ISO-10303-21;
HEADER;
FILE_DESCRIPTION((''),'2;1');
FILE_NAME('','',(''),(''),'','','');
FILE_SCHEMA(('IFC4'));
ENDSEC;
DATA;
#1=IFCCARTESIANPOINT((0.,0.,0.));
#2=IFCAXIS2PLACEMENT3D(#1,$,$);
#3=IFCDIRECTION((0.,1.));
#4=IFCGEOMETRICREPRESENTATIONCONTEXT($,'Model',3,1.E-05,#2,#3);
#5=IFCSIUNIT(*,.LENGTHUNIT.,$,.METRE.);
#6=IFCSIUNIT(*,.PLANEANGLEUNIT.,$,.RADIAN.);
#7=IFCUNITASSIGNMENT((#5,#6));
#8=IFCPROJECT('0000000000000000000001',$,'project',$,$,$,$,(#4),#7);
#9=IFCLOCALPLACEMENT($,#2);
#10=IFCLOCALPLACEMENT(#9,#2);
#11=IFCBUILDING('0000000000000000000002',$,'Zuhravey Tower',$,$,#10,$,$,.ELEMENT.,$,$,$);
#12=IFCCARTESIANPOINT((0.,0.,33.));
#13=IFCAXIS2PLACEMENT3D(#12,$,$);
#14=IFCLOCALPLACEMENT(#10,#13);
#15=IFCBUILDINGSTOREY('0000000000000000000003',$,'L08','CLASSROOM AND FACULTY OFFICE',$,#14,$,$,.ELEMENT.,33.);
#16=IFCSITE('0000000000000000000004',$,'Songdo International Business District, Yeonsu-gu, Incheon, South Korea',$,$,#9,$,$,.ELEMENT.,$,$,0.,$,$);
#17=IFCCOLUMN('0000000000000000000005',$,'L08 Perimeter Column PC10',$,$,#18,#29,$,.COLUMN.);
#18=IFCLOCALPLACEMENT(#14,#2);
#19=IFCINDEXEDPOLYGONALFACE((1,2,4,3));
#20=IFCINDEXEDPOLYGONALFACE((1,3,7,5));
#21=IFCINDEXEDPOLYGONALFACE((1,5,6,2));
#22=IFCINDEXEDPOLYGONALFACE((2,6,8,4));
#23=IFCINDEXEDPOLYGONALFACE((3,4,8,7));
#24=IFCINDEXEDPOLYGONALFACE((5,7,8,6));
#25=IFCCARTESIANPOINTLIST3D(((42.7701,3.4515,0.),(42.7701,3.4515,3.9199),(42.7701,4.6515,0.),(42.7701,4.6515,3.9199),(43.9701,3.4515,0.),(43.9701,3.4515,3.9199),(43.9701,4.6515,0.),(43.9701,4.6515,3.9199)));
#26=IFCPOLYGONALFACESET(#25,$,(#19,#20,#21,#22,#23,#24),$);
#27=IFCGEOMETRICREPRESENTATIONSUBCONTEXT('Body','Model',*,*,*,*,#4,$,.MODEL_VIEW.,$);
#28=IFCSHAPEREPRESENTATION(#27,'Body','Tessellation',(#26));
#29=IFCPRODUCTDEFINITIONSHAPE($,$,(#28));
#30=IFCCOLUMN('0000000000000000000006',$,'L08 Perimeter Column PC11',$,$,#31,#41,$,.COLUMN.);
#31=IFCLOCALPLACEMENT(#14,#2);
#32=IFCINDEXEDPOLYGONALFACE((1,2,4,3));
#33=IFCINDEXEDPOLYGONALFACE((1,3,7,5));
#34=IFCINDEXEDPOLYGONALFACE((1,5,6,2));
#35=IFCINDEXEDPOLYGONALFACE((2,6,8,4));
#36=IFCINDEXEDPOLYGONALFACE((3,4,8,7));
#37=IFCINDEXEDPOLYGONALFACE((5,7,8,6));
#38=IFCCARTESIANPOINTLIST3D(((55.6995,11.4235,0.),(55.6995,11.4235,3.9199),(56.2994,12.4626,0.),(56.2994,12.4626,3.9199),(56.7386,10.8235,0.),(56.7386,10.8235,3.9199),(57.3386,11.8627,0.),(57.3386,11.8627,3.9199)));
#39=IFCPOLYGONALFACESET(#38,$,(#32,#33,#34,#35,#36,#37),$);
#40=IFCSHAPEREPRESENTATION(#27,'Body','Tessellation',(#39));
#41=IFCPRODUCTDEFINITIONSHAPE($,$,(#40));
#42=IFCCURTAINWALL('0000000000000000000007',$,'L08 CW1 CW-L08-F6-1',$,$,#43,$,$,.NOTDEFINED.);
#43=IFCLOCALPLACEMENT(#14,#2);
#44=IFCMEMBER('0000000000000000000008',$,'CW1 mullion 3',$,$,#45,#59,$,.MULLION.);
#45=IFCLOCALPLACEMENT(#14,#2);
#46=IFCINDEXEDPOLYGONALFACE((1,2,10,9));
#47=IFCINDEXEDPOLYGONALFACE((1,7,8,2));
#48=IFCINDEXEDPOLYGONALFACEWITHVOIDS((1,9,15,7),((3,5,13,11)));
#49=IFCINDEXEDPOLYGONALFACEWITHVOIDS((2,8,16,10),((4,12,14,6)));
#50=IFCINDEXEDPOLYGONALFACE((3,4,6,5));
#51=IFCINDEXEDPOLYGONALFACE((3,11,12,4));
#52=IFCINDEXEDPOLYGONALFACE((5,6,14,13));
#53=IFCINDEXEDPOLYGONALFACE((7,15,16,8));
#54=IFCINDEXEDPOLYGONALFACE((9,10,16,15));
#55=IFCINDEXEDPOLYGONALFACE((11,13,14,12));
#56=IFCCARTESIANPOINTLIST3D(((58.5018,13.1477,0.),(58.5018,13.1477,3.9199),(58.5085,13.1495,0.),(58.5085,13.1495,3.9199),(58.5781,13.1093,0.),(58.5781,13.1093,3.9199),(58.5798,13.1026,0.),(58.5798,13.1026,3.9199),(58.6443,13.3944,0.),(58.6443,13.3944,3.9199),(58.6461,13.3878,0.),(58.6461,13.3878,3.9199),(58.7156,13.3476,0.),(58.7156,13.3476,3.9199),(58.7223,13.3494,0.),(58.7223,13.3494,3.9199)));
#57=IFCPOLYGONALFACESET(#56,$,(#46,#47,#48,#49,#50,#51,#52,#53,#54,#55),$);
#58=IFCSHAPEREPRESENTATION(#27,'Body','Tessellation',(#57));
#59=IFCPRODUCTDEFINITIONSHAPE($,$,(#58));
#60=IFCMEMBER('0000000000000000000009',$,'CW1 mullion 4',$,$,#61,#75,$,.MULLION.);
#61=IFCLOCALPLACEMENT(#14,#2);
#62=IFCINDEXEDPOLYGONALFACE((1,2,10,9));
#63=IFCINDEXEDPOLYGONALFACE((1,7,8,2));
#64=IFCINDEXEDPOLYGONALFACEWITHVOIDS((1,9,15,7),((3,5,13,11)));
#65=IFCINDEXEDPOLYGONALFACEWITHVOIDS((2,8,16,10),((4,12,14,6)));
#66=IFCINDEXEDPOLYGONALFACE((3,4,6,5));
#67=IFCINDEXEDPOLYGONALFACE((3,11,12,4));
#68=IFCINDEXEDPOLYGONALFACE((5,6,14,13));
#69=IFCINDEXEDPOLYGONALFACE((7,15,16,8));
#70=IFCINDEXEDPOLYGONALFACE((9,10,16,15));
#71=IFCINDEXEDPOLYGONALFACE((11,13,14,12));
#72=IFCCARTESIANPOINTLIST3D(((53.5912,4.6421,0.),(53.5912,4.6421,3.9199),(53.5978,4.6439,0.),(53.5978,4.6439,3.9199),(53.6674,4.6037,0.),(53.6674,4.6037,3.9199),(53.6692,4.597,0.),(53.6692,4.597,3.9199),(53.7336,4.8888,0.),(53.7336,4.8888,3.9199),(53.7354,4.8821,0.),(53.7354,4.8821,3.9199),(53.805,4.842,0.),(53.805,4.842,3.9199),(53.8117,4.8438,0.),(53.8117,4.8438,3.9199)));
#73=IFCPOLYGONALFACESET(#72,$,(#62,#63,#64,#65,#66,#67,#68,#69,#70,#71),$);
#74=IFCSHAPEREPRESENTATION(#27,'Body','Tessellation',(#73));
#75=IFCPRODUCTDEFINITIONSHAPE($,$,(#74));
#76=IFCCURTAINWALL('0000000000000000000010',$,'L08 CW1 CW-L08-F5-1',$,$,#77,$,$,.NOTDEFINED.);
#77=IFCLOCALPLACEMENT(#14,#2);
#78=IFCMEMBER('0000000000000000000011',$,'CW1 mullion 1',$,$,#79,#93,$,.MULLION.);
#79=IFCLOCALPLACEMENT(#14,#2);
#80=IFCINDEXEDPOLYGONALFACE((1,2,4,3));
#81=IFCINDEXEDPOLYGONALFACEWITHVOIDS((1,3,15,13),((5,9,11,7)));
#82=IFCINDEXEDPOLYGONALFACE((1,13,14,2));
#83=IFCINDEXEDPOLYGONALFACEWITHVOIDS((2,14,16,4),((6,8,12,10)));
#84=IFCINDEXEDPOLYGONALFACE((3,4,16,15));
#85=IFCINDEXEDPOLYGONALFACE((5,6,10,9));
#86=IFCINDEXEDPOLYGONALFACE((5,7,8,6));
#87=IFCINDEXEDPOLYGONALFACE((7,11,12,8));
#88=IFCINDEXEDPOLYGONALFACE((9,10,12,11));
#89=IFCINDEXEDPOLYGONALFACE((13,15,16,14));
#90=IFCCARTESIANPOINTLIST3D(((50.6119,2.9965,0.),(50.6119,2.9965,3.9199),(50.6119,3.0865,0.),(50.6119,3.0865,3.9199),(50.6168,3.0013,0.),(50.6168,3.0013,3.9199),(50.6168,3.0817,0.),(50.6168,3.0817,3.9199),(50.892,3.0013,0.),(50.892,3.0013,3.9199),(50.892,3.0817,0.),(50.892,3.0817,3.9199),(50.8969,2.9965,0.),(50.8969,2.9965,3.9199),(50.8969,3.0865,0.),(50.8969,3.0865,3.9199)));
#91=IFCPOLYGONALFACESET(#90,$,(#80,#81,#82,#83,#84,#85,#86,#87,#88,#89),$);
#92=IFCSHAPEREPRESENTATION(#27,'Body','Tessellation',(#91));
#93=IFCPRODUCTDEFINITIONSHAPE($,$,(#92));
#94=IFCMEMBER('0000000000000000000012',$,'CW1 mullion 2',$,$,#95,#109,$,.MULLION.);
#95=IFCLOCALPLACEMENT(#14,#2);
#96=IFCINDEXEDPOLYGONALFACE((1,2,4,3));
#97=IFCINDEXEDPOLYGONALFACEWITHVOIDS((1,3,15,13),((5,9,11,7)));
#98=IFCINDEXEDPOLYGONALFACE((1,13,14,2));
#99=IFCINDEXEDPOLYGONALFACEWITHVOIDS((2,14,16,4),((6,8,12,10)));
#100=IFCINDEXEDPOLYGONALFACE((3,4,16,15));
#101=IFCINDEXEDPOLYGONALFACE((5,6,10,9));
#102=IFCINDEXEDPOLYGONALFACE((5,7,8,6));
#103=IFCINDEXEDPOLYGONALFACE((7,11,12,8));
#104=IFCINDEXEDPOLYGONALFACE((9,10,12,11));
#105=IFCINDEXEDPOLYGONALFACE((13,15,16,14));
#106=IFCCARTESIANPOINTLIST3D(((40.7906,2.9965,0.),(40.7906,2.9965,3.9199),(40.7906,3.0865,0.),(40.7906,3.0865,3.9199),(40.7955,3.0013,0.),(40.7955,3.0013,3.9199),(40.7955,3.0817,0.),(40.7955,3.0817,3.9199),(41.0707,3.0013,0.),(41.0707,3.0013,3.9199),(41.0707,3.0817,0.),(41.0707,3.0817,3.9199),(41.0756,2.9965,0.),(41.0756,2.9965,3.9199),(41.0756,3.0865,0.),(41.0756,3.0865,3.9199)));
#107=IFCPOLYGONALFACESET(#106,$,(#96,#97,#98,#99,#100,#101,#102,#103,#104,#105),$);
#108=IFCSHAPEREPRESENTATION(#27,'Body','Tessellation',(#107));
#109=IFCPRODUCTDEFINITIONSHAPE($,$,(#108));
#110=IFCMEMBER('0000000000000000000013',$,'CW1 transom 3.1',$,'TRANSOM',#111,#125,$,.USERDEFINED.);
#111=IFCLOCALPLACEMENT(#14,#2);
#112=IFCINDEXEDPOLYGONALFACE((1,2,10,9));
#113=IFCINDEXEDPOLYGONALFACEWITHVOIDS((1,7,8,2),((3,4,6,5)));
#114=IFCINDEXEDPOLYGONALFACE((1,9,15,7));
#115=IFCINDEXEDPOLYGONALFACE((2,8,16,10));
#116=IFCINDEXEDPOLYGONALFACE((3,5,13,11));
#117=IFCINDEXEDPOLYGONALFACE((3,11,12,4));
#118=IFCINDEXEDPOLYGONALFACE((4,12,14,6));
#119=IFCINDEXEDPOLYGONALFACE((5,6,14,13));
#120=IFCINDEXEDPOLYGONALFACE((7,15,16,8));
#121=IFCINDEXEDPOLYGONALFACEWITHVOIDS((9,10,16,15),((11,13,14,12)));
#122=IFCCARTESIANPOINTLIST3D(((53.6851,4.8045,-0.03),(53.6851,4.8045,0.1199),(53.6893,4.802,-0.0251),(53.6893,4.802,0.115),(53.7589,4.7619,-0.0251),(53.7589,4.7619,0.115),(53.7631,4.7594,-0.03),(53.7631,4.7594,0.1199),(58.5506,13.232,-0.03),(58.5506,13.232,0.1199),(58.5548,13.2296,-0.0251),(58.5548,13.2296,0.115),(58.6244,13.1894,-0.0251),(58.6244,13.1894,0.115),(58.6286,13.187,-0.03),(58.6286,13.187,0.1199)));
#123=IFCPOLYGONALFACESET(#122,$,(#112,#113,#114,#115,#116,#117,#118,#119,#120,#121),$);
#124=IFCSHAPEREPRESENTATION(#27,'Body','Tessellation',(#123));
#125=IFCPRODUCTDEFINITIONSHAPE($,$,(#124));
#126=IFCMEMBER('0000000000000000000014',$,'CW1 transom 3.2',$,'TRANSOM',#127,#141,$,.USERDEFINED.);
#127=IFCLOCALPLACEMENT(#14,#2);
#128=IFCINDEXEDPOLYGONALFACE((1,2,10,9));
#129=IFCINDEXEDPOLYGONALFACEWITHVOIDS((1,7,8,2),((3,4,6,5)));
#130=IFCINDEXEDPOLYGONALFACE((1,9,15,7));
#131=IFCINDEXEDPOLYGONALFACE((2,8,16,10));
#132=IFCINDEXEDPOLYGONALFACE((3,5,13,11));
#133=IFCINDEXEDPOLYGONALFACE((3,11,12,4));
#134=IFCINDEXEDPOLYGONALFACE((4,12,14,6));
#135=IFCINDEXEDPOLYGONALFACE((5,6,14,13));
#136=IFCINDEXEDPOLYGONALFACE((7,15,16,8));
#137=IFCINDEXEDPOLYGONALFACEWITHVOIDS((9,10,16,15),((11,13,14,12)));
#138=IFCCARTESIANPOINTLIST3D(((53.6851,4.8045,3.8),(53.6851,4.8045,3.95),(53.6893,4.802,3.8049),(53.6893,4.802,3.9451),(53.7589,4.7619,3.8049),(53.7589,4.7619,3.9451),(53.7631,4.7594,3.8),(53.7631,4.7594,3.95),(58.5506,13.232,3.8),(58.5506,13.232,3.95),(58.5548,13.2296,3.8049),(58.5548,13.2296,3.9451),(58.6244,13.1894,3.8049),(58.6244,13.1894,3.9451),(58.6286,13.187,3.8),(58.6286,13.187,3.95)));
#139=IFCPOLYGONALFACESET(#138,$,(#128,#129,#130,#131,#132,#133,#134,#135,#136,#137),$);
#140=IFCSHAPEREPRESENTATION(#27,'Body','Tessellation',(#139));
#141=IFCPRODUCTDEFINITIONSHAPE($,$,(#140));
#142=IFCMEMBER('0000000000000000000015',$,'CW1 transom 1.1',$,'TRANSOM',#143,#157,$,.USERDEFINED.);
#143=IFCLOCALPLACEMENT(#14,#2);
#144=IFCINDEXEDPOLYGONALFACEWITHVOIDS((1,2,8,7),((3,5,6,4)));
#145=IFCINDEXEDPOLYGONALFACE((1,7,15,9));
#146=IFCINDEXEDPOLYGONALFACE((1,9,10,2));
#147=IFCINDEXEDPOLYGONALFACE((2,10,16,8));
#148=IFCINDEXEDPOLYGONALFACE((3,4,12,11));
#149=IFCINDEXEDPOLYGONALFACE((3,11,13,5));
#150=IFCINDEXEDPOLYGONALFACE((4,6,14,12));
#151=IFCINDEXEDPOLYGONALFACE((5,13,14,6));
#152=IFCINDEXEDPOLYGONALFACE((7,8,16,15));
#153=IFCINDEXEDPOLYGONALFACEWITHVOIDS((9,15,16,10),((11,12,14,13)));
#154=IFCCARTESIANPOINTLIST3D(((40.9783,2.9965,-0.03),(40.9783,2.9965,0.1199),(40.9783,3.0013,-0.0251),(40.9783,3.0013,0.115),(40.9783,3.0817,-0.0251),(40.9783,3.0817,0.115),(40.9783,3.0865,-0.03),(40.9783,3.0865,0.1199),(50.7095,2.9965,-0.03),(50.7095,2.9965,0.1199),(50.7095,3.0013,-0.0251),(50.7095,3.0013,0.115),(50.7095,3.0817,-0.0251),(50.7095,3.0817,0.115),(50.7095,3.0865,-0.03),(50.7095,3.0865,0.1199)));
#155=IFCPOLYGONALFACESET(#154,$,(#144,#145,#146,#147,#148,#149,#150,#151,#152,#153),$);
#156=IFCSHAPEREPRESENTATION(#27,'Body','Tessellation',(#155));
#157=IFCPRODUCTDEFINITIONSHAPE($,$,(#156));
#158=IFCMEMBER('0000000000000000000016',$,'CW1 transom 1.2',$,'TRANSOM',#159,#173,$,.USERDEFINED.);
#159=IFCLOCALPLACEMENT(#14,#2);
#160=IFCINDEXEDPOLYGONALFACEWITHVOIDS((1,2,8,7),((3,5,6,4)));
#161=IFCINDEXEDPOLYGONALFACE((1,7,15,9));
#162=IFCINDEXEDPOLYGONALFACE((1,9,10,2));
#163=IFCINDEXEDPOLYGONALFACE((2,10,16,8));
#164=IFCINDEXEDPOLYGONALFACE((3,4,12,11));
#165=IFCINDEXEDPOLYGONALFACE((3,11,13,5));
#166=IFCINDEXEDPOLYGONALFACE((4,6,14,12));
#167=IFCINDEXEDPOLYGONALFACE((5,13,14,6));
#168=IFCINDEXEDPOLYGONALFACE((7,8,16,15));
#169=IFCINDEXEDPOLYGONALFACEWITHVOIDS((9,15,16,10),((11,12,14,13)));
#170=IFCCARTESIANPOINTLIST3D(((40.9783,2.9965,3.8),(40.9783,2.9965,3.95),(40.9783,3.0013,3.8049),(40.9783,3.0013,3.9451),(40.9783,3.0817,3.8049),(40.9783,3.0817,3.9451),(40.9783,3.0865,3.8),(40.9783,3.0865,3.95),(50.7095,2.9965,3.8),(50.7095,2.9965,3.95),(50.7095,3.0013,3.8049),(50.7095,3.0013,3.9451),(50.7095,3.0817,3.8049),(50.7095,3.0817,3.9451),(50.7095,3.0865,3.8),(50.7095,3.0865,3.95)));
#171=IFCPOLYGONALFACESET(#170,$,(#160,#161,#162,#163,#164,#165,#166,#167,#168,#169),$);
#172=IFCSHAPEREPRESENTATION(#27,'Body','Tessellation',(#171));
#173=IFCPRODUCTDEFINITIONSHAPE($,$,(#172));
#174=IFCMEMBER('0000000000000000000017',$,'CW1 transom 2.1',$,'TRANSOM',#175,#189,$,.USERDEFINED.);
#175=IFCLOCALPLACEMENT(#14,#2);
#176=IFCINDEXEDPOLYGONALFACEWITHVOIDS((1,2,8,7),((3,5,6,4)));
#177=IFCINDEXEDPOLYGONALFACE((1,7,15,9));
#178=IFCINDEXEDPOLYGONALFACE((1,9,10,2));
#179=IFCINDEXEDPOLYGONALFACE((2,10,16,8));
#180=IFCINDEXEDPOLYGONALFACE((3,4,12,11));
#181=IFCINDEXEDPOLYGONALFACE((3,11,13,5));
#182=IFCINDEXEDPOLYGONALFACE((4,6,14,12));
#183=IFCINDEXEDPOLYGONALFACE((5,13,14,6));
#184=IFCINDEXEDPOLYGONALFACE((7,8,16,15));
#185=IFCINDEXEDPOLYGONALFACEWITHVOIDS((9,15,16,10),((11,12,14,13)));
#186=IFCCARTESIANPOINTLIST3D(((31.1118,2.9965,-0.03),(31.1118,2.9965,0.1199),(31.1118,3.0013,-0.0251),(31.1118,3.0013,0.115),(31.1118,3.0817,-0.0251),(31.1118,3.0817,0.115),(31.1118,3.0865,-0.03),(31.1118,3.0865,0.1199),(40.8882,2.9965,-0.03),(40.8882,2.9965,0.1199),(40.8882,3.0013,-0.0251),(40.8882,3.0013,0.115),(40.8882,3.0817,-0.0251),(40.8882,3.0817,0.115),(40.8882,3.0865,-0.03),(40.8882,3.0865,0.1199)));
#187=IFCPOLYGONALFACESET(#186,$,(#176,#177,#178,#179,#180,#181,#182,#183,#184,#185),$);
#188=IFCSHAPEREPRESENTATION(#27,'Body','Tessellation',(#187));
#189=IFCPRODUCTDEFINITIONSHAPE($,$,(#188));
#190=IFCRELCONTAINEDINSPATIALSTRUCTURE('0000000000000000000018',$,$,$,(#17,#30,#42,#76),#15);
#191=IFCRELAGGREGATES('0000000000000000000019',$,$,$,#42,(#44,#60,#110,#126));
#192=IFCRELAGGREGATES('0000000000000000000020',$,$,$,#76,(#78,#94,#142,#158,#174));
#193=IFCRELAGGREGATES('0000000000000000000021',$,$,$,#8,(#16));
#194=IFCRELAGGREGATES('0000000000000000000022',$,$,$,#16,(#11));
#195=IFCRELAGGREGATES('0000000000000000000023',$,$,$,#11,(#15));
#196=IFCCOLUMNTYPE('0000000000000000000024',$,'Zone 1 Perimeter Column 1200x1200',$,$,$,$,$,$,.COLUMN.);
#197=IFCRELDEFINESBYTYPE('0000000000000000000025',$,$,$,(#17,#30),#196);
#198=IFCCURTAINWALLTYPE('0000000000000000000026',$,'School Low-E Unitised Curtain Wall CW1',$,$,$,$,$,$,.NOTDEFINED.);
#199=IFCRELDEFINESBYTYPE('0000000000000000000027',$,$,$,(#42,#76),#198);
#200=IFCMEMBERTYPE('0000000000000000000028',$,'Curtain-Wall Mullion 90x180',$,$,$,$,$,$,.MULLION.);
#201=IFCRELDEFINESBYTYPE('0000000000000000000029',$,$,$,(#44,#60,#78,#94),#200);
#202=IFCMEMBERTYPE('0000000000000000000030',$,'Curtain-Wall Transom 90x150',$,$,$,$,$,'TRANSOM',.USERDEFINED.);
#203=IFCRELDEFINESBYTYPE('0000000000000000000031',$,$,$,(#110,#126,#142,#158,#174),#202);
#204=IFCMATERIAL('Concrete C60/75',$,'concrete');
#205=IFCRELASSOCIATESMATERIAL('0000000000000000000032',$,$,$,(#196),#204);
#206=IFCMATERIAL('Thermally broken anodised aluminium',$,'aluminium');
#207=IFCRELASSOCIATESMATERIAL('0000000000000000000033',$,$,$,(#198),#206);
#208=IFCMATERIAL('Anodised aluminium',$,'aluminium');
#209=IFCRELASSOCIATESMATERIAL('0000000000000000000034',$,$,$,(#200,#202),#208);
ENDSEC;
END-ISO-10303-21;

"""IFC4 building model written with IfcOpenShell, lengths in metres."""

from ifc_helpers import new_model, si_unit, direction, frame, origin, origin_2d, place, context, subcontext, project, spatial, rectangle, hollow_rectangle, extrude, material, material_profile, profile_set, type_object, element, aggregate, save


model = new_model("IFC4")

# Units and contexts
model_context = context("Model", 3, precision=1e-05, world=origin(), true_north=direction((0.0, 1.0)))
body_context = subcontext(model_context, "Body", "Model", "MODEL_VIEW")
ifc_project = project(units=[si_unit("LENGTHUNIT", "METRE"), si_unit("PLANEANGLEUNIT", "RADIAN")], contexts=[model_context])

# Site, building, storey
site_placement = place(None, origin())
site = spatial("IfcSite", under=ifc_project, at=site_placement, Name="Songdo International Business District, Yeonsu-gu, Incheon, South Korea", CompositionType="ELEMENT", RefElevation=0.0)
building_placement = place(site_placement, origin())
building = spatial("IfcBuilding", under=site, at=building_placement, Name="Zuhravey Tower", CompositionType="ELEMENT")
storey_placement = place(building_placement, frame((0.0, 0.0, 33.0)))
storey = spatial("IfcBuildingStorey", under=building, at=storey_placement, Name="L08", Description="CLASSROOM AND FACULTY OFFICE", CompositionType="ELEMENT", Elevation=33.0)

# Columns
ifc_material_1 = material(Name="Concrete C60/75", Category="concrete")
ifc_material_profile_1 = material_profile(ifc_material_1, rectangle(XDim=1.2, YDim=1.2, at=origin_2d()), Name="RC-1200x1200")
ifc_profile_set_1 = profile_set([ifc_material_profile_1], Name="Concrete C60/75")
column_type = type_object("IfcColumnType", Name="Zone 1 Perimeter Column 1200x1200", PredefinedType="COLUMN", material=ifc_profile_set_1)
for number, where, z_axis, x_axis, name in (
    (1, (43.3701, 4.0515, 0.0), (0.0, 0.0, 1.0), (1.0, 0.0, 0.0), "L08 Perimeter Column PC10"),
    (2, (56.519, 11.6431, 0.0), (0.0, 0.0, 1.0), (0.5, 0.866025, 0.0), "L08 Perimeter Column PC11"),
):
    element("IfcColumn", number, at=place(storey_placement, frame(where, z_axis=z_axis, x_axis=x_axis)), inside=storey, type_object=column_type, Name=name, PredefinedType="COLUMN", context=body_context, shape_type="SweptSolid", body=[
        extrude(rectangle(XDim=1.2, YDim=1.2, at=origin_2d()), origin(), (0.0, 0.0, 1.0), 3.9199),
    ])

# Curtain walls, members
ifc_material_2 = material(Name="Thermally broken anodised aluminium", Category="aluminium")
curtain_wall_type = type_object("IfcCurtainWallType", Name="School Low-E Unitised Curtain Wall CW1", PredefinedType="NOTDEFINED", material=ifc_material_2)
curtain_wall_1_placement = place(storey_placement, origin())
curtain_wall_1 = element("IfcCurtainWall", 3, at=curtain_wall_1_placement, inside=storey, type_object=curtain_wall_type, Name="L08 CW1 CW-L08-F6-1", PredefinedType="NOTDEFINED")
ifc_material_3 = material(Name="Anodised aluminium", Category="aluminium")
ifc_material_profile_2 = material_profile(ifc_material_3, hollow_rectangle(XDim=0.0901, YDim=0.2849, WallThickness=0.0049, at=origin_2d()), Name="ALU-RHS-90x285x5")
ifc_profile_set_2 = profile_set([ifc_material_profile_2], Name="Anodised aluminium")
member_type_1 = type_object("IfcMemberType", Name="Curtain-Wall Mullion 90x180", PredefinedType="MULLION", material=ifc_profile_set_2)
member_1_placement = place(storey_placement, frame((58.6121, 13.2485, 0.0), z_axis=(0.0, 0.0, 1.0), x_axis=(0.866026, -0.5, 0.0)))
member_1 = element("IfcMember", 4, at=member_1_placement, type_object=member_type_1, Name="CW1 mullion 3", PredefinedType="MULLION", context=body_context, shape_type="SweptSolid", body=[
    extrude(hollow_rectangle(XDim=0.0901, YDim=0.2849, WallThickness=0.0049, at=origin_2d()), origin(), (0.0, 0.0, 1.0), 3.9199),
])
member_2_placement = place(storey_placement, frame((53.7014, 4.7429, 0.0), z_axis=(0.0, 0.0, 1.0), x_axis=(0.866026, -0.5, 0.0)))
member_2 = element("IfcMember", 5, at=member_2_placement, type_object=member_type_1, Name="CW1 mullion 4", PredefinedType="MULLION", context=body_context, shape_type="SweptSolid", body=[
    extrude(hollow_rectangle(XDim=0.0901, YDim=0.2849, WallThickness=0.0049, at=origin_2d()), origin(), (0.0, 0.0, 1.0), 3.9199),
])
curtain_wall_2_placement = place(storey_placement, origin())
curtain_wall_2 = element("IfcCurtainWall", 6, at=curtain_wall_2_placement, inside=storey, type_object=curtain_wall_type, Name="L08 CW1 CW-L08-F5-1", PredefinedType="NOTDEFINED")
member_3_placement = place(storey_placement, frame((50.7544, 3.0415, 0.0), z_axis=(0.0, 0.0, 1.0), x_axis=(0.0, -1.0, 0.0)))
member_3 = element("IfcMember", 7, at=member_3_placement, type_object=member_type_1, Name="CW1 mullion 1", PredefinedType="MULLION", context=body_context, shape_type="SweptSolid", body=[
    extrude(hollow_rectangle(XDim=0.0901, YDim=0.2849, WallThickness=0.0049, at=origin_2d()), origin(), (0.0, 0.0, 1.0), 3.9199),
])
member_4_placement = place(storey_placement, frame((40.9331, 3.0415, 0.0), z_axis=(0.0, 0.0, 1.0), x_axis=(0.0, -1.0, 0.0)))
member_4 = element("IfcMember", 8, at=member_4_placement, type_object=member_type_1, Name="CW1 mullion 2", PredefinedType="MULLION", context=body_context, shape_type="SweptSolid", body=[
    extrude(hollow_rectangle(XDim=0.0901, YDim=0.2849, WallThickness=0.0049, at=origin_2d()), origin(), (0.0, 0.0, 1.0), 3.9199),
])

# Members
ifc_material_profile_3 = material_profile(ifc_material_3, hollow_rectangle(XDim=0.0901, YDim=0.1499, WallThickness=0.0049, at=origin_2d()), Name="ALU-RHS-90x150x5")
ifc_profile_set_3 = profile_set([ifc_material_profile_3], Name="Anodised aluminium")
member_type_2 = type_object("IfcMemberType", Name="Curtain-Wall Transom 90x150", ElementType="TRANSOM", PredefinedType="USERDEFINED", material=ifc_profile_set_3)
member_5_placement = place(storey_placement, frame((58.5896, 13.2095, 0.0449), z_axis=(-0.49999, -0.866031, 0.0), x_axis=(0.866031, -0.49999, 0.0)))
member_5 = element("IfcMember", 9, at=member_5_placement, type_object=member_type_2, Name="CW1 transom 3.1", ObjectType="TRANSOM", PredefinedType="USERDEFINED", context=body_context, shape_type="SweptSolid", body=[
    extrude(hollow_rectangle(XDim=0.0901, YDim=0.1499, WallThickness=0.0049, at=origin_2d()), origin(), (0.0, 0.0, 1.0), 9.7312),
])
member_6_placement = place(storey_placement, frame((58.5896, 13.2095, 3.875), z_axis=(-0.49999, -0.866031, 0.0), x_axis=(0.866031, -0.49999, 0.0)))
member_6 = element("IfcMember", 10, at=member_6_placement, type_object=member_type_2, Name="CW1 transom 3.2", ObjectType="TRANSOM", PredefinedType="USERDEFINED", context=body_context, shape_type="SweptSolid", body=[
    extrude(hollow_rectangle(XDim=0.0901, YDim=0.1499, WallThickness=0.0049, at=origin_2d()), origin(), (0.0, 0.0, 1.0), 9.7312),
])
member_7_placement = place(storey_placement, frame((50.7095, 3.0415, 0.0449), z_axis=(-1.0, 0.0, 0.0), x_axis=(0.0, -1.0, 0.0)))
member_7 = element("IfcMember", 11, at=member_7_placement, type_object=member_type_2, Name="CW1 transom 1.1", ObjectType="TRANSOM", PredefinedType="USERDEFINED", context=body_context, shape_type="SweptSolid", body=[
    extrude(hollow_rectangle(XDim=0.0901, YDim=0.1499, WallThickness=0.0049, at=origin_2d()), origin(), (0.0, 0.0, 1.0), 9.7312),
])
member_8_placement = place(storey_placement, frame((50.7095, 3.0415, 3.875), z_axis=(-1.0, 0.0, 0.0), x_axis=(0.0, -1.0, 0.0)))
member_8 = element("IfcMember", 12, at=member_8_placement, type_object=member_type_2, Name="CW1 transom 1.2", ObjectType="TRANSOM", PredefinedType="USERDEFINED", context=body_context, shape_type="SweptSolid", body=[
    extrude(hollow_rectangle(XDim=0.0901, YDim=0.1499, WallThickness=0.0049, at=origin_2d()), origin(), (0.0, 0.0, 1.0), 9.7312),
])
member_9_placement = place(storey_placement, frame((40.8882, 3.0415, 0.0449), z_axis=(-1.0, 0.0, 0.0), x_axis=(0.0, -1.0, 0.0)))
member_9 = element("IfcMember", 13, at=member_9_placement, type_object=member_type_2, Name="CW1 transom 2.1", ObjectType="TRANSOM", PredefinedType="USERDEFINED", context=body_context, shape_type="SweptSolid", body=[
    extrude(hollow_rectangle(XDim=0.0901, YDim=0.1499, WallThickness=0.0049, at=origin_2d()), origin(), (0.0, 0.0, 1.0), 9.7764),
])

aggregate(curtain_wall_1, [member_1, member_2, member_5, member_6])
aggregate(curtain_wall_2, [member_3, member_4, member_7, member_8, member_9])

save(model, "model.ifc")
